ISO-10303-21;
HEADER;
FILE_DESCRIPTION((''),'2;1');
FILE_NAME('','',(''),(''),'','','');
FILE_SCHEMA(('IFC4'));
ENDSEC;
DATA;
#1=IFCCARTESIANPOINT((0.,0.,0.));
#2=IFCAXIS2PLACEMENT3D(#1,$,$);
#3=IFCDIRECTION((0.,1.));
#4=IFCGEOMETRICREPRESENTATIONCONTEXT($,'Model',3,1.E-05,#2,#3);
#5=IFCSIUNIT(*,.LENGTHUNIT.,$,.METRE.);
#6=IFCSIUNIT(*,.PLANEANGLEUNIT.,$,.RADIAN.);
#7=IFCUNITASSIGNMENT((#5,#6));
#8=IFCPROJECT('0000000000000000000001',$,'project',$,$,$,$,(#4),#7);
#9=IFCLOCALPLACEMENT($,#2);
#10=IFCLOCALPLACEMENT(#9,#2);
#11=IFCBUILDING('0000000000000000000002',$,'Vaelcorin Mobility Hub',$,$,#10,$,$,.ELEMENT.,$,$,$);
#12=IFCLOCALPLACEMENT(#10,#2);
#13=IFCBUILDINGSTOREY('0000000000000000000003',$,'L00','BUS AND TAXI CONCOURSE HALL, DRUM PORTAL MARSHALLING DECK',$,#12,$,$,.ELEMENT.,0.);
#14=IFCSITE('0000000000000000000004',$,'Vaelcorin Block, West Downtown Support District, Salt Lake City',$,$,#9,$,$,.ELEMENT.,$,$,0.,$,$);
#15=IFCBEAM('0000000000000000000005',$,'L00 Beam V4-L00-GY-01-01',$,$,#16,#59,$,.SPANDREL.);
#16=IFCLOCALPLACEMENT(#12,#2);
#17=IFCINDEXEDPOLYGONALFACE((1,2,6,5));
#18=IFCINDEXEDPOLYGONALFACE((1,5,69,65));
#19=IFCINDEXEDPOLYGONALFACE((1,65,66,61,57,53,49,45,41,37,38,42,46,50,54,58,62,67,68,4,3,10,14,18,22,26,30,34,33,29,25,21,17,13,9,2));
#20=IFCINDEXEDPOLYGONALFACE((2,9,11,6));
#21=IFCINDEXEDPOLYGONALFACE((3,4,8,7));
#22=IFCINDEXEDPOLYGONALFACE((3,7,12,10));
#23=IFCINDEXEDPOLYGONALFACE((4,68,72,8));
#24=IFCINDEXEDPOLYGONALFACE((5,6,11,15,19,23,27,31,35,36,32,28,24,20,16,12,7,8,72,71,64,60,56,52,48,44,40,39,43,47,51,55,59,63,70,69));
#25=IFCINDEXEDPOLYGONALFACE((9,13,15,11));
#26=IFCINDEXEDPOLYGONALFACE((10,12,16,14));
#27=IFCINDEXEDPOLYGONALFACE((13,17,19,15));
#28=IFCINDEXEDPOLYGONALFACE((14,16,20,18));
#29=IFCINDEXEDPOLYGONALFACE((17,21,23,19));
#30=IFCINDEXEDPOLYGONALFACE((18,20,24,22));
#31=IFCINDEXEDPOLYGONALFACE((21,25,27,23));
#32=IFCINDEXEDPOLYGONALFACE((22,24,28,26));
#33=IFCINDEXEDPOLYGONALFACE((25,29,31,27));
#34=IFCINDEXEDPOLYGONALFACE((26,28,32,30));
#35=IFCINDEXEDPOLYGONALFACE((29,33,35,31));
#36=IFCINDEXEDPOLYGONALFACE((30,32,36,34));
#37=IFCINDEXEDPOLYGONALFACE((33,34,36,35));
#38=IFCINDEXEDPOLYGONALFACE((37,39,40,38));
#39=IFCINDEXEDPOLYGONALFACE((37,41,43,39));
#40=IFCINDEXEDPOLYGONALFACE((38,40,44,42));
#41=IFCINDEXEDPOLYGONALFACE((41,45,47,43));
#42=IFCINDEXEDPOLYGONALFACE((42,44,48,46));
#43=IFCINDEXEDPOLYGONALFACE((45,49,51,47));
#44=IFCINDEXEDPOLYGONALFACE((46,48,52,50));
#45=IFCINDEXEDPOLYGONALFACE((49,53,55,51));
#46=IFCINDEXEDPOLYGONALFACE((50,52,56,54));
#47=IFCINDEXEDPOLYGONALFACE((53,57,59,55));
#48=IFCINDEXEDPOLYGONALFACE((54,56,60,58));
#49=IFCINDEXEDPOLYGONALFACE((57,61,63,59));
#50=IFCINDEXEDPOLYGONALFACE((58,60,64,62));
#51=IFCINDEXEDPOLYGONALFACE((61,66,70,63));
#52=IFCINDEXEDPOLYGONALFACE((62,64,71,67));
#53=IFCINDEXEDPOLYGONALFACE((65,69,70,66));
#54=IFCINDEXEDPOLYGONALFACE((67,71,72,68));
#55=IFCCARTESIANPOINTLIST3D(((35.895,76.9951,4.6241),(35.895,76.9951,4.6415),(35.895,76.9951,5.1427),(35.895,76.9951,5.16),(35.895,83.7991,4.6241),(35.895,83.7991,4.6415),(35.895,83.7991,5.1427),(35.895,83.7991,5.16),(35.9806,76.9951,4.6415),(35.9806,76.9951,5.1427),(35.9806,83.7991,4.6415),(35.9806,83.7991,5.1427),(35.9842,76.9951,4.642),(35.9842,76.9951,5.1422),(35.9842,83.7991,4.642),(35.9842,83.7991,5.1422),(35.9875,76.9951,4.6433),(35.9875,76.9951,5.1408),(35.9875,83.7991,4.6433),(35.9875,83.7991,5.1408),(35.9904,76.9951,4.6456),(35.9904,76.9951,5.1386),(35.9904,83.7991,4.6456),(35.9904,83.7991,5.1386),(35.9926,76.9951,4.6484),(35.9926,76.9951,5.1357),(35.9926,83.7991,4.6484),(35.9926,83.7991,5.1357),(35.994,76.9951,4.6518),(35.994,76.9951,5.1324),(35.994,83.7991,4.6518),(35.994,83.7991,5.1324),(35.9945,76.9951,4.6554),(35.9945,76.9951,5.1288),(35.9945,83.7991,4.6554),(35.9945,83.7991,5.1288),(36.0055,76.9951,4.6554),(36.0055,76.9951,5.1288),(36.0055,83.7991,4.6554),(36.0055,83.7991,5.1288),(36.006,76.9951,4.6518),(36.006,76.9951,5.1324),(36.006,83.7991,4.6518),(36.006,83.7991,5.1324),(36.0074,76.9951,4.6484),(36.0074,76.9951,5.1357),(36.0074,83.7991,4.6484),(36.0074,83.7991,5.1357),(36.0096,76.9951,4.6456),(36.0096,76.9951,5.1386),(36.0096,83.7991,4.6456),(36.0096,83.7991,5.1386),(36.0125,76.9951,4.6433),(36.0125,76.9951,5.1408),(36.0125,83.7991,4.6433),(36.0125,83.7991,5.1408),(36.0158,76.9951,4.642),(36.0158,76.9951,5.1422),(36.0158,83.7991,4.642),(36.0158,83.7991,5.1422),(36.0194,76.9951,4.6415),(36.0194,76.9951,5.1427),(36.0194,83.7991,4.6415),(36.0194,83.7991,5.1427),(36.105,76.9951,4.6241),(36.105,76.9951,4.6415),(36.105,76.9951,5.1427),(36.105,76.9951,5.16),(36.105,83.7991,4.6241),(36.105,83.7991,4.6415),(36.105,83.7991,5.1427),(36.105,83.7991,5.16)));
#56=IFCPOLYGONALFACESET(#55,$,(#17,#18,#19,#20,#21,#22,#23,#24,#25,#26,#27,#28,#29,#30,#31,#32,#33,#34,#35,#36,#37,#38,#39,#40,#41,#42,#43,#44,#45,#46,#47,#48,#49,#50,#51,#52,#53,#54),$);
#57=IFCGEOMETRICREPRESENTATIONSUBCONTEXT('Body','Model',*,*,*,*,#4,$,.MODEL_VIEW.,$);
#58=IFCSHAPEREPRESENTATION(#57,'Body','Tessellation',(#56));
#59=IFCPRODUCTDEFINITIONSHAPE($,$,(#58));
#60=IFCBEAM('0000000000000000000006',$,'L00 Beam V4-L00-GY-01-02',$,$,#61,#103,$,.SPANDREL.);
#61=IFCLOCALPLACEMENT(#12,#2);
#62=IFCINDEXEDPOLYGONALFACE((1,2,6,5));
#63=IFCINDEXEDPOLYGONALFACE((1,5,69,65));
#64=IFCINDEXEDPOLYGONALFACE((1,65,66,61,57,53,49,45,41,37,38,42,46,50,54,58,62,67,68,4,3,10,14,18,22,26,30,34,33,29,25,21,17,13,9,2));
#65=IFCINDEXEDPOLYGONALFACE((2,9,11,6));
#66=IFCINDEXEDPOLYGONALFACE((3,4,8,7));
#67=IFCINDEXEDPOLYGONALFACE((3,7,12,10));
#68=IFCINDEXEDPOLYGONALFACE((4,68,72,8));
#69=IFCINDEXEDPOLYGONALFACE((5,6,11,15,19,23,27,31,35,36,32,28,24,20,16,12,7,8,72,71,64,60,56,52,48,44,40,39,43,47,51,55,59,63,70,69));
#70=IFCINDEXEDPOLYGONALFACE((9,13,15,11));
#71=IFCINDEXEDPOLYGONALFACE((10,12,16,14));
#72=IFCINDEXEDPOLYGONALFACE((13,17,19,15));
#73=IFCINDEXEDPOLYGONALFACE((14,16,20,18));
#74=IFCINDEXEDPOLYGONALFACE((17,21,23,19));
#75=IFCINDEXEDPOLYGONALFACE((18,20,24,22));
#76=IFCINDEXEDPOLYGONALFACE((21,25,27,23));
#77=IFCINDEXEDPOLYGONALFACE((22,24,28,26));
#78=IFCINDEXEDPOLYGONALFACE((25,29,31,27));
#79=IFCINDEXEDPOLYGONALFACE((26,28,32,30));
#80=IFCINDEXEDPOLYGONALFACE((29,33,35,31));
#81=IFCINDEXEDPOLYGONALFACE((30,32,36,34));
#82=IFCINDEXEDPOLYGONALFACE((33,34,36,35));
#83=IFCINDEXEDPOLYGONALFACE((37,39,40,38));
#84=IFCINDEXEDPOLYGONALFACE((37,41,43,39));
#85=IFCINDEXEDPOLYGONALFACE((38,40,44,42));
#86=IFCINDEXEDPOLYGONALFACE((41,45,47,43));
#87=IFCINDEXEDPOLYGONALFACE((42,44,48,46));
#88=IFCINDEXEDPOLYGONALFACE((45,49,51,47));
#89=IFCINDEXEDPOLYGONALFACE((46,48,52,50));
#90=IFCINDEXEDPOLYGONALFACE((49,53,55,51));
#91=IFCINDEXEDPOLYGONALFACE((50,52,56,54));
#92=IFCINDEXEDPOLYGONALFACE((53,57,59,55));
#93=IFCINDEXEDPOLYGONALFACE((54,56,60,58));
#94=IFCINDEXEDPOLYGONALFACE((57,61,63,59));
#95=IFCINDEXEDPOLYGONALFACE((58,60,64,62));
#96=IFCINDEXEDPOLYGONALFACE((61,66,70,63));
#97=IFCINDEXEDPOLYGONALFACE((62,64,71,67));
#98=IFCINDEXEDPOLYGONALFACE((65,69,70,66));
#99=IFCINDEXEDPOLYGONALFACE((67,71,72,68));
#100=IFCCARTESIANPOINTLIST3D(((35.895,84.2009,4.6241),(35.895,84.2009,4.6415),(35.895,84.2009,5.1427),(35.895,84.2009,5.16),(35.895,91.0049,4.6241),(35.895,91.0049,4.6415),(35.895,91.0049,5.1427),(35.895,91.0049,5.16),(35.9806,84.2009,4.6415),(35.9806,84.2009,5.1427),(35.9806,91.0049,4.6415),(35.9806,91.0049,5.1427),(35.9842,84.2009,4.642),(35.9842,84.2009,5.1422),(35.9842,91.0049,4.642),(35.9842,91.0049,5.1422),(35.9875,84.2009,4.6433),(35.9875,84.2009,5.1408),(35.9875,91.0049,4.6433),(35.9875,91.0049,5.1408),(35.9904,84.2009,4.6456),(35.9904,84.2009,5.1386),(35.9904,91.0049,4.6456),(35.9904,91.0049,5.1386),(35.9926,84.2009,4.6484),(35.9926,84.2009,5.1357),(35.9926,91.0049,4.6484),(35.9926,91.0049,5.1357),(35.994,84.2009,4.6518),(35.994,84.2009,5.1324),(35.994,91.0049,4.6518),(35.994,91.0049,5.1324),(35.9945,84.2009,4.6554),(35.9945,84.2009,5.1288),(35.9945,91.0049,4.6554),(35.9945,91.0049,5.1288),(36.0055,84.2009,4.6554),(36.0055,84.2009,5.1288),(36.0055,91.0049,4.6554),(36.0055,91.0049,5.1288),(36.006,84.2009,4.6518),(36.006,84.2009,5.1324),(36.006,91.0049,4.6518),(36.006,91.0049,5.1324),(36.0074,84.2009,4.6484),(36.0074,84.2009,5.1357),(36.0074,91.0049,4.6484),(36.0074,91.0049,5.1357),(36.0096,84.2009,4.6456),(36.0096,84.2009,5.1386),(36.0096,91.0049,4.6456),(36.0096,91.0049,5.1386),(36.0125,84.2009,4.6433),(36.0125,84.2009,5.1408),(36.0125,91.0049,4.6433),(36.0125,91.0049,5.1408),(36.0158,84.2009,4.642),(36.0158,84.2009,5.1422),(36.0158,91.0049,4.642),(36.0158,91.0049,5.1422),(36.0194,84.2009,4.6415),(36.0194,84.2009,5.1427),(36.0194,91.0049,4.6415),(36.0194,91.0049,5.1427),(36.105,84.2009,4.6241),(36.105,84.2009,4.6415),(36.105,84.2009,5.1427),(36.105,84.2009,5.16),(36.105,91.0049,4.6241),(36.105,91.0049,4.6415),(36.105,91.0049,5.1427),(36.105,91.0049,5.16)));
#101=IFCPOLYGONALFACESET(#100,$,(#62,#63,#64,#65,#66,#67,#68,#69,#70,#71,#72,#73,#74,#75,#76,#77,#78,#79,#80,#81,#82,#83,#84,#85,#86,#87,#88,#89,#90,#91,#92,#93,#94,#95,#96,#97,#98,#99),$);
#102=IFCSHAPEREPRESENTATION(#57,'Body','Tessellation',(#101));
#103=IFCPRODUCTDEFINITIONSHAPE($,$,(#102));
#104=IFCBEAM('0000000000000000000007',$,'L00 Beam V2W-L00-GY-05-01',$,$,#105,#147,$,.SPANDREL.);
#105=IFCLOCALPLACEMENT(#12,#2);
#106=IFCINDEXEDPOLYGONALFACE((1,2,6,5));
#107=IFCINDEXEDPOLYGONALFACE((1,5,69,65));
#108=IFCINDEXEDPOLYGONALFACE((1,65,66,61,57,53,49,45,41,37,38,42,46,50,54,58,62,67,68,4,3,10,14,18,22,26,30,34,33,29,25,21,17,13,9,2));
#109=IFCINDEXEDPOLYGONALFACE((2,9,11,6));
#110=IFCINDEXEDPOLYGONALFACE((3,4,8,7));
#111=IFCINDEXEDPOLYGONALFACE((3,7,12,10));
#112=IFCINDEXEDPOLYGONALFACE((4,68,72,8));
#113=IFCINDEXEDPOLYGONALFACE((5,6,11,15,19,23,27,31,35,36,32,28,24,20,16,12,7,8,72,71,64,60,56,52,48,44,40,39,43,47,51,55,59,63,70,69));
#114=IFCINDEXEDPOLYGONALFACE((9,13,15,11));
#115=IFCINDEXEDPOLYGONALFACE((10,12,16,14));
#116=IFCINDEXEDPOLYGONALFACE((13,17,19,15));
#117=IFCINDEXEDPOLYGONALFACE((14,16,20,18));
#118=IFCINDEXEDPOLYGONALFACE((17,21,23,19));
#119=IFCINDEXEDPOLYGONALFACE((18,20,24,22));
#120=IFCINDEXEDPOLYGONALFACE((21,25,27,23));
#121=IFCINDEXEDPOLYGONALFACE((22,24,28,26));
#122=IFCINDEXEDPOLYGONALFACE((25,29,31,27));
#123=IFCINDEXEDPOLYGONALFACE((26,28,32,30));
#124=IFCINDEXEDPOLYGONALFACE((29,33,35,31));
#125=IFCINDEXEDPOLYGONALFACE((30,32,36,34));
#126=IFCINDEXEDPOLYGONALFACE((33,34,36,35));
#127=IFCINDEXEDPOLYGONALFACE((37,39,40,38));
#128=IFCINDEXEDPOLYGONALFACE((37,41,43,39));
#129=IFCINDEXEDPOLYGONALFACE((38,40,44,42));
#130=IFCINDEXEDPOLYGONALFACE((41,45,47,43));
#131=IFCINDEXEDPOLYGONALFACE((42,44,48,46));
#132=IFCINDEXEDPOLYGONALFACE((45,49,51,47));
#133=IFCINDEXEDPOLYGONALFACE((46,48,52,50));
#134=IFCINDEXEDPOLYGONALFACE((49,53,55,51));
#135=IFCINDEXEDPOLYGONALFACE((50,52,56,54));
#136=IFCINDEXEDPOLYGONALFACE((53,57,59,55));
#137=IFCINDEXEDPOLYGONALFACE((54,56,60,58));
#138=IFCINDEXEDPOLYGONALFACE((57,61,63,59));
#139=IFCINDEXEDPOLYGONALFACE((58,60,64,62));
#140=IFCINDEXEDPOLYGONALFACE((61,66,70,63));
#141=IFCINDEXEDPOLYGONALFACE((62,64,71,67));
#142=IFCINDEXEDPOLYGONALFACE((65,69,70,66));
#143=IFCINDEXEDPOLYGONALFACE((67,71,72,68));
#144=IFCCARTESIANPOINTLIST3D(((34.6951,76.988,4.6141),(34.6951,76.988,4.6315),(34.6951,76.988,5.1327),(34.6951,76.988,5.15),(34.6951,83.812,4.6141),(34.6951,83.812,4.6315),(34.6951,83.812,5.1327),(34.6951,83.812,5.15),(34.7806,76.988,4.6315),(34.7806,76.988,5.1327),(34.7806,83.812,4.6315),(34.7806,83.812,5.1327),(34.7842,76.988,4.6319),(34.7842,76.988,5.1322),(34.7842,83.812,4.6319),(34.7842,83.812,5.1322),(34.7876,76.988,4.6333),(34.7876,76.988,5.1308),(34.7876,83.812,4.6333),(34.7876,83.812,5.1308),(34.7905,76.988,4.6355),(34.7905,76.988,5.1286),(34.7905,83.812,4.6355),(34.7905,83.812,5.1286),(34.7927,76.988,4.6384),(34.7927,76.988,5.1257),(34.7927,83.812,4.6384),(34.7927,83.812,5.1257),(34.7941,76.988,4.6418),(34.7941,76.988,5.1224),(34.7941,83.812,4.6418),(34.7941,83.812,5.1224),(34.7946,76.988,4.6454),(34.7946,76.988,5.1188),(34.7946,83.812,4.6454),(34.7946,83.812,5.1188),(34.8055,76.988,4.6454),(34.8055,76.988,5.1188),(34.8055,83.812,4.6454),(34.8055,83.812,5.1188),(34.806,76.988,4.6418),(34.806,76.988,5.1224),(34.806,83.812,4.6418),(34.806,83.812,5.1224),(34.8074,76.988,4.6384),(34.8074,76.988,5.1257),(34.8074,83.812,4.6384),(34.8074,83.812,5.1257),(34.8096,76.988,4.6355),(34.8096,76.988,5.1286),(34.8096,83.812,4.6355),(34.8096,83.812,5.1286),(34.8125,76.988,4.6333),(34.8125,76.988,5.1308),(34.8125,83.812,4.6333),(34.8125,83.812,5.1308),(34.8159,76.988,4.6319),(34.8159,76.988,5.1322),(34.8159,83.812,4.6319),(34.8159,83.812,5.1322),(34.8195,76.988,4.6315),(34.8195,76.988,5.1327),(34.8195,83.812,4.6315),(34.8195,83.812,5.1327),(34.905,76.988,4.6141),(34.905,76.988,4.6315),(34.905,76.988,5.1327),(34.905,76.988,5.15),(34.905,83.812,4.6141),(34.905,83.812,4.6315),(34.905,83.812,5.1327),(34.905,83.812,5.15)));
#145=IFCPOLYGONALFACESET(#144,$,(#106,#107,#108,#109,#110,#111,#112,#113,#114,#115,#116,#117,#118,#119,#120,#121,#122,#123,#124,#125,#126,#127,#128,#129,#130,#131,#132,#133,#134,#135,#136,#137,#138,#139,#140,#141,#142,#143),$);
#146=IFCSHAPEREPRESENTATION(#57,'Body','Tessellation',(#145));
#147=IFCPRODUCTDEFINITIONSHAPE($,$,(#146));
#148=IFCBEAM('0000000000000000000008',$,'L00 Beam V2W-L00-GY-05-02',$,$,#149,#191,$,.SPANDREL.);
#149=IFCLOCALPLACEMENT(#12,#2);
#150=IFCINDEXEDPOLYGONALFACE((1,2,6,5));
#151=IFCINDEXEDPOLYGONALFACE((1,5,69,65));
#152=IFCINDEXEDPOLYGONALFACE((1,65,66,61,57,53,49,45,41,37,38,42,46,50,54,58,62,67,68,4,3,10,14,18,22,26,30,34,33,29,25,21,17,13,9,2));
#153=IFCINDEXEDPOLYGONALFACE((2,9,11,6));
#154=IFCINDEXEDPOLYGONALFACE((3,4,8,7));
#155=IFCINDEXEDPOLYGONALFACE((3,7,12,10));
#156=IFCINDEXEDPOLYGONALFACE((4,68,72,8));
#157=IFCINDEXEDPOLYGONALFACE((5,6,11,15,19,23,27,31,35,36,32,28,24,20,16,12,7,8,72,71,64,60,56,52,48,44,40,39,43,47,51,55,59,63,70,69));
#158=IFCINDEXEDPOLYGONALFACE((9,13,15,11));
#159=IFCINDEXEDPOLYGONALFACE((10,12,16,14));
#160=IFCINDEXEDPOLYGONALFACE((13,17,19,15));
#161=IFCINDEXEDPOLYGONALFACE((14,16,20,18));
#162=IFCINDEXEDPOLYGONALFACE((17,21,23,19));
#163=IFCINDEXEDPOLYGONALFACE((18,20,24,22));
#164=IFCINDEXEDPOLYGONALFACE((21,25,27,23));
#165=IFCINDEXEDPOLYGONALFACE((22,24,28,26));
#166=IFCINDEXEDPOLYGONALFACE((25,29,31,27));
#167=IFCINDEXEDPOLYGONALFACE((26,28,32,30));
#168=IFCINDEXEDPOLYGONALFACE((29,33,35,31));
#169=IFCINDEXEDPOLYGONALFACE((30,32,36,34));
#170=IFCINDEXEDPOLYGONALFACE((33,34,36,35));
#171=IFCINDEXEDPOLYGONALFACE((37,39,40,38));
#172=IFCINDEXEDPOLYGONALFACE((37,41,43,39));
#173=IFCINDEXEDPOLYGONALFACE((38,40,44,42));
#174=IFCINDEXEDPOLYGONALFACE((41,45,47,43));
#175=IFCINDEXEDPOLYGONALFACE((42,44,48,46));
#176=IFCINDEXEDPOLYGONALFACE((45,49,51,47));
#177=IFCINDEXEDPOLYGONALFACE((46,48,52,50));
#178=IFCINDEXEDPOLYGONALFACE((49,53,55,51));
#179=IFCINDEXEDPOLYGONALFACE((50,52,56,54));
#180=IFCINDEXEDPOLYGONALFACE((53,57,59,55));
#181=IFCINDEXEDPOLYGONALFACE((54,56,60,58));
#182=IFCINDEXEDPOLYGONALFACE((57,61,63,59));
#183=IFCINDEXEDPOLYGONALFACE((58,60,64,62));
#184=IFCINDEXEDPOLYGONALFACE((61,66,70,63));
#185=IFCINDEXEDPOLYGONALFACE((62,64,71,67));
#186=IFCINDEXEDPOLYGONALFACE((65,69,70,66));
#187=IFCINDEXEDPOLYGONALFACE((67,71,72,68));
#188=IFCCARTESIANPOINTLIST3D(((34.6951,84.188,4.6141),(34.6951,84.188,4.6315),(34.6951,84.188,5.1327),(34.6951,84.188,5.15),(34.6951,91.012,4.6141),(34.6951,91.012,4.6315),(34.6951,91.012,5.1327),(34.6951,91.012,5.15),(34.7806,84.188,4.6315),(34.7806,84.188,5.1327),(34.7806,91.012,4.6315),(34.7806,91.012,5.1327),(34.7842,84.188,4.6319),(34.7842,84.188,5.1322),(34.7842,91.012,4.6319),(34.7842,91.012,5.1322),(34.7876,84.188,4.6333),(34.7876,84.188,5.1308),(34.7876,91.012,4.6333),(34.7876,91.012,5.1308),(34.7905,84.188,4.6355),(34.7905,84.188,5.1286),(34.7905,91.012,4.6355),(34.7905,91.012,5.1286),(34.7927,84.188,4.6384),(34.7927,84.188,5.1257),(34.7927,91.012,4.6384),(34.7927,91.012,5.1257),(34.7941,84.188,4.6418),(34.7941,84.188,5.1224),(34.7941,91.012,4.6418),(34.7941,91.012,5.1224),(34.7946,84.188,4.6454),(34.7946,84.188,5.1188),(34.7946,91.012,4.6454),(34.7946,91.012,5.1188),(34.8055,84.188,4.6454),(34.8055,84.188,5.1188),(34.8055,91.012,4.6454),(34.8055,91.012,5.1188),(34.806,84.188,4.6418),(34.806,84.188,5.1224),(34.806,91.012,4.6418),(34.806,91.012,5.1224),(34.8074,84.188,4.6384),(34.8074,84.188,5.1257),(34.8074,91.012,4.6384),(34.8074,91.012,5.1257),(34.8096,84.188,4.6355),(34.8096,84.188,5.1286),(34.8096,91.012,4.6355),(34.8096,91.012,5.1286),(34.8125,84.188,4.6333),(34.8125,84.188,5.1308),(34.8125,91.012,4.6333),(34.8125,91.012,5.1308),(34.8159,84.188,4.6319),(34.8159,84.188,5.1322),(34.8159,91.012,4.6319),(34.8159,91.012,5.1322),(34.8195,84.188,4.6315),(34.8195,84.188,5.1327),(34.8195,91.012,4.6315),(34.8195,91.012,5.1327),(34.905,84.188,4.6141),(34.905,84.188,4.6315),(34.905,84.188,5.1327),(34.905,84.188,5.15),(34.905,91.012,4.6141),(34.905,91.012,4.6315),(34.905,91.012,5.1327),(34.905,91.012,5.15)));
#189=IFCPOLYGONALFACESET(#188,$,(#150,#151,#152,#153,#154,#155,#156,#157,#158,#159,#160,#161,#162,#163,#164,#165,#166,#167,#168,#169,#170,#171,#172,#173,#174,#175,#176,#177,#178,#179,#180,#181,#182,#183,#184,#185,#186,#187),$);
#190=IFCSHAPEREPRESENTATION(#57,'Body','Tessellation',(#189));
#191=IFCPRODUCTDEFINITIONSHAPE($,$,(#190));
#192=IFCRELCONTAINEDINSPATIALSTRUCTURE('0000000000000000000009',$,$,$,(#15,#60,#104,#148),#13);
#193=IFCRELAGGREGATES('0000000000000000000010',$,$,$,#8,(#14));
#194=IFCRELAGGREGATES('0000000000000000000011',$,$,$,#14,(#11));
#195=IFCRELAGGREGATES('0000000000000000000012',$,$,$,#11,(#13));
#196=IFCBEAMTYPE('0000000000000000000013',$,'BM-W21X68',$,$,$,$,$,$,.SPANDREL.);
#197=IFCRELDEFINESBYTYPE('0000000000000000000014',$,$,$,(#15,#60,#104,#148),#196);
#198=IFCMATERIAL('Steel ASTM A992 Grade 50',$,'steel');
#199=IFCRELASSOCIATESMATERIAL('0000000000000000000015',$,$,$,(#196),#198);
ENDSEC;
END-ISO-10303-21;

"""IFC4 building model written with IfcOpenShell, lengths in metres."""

from ifc_helpers import new_model, si_unit, direction, frame, origin, origin_2d, place, context, subcontext, project, spatial, i_section, extrude, material, material_profile, profile_set, type_object, element, save


model = new_model("IFC4")

# Units and contexts
model_context = context("Model", 3, precision=1e-05, world=origin(), true_north=direction((0.0, 1.0)))
body_context = subcontext(model_context, "Body", "Model", "MODEL_VIEW")
ifc_project = project(units=[si_unit("LENGTHUNIT", "METRE"), si_unit("PLANEANGLEUNIT", "RADIAN")], contexts=[model_context])

# Site, building, storey
site_placement = place(None, origin())
site = spatial("IfcSite", under=ifc_project, at=site_placement, Name="Vaelcorin Block, West Downtown Support District, Salt Lake City", CompositionType="ELEMENT", RefElevation=0.0)
building_placement = place(site_placement, origin())
building = spatial("IfcBuilding", under=site, at=building_placement, Name="Vaelcorin Mobility Hub", CompositionType="ELEMENT")
storey_placement = place(building_placement, origin())
storey = spatial("IfcBuildingStorey", under=building, at=storey_placement, Name="L00", Description="BUS AND TAXI CONCOURSE HALL, DRUM PORTAL MARSHALLING DECK", CompositionType="ELEMENT", Elevation=0.0)

# Shared definitions
ifc_material_1 = material(Name="Steel ASTM A992 Grade 50", Category="steel")

# Beams
ifc_material_profile_1 = material_profile(ifc_material_1, i_section(OverallWidth=0.21, OverallDepth=0.5359, WebThickness=0.011, FlangeThickness=0.0173, FilletRadius=0.0139, at=origin_2d()), Name="W21X68")
ifc_profile_set_1 = profile_set([ifc_material_profile_1], Name="Steel ASTM A992 Grade 50")
beam_type_1 = type_object("IfcBeamType", Name="BM-W21X68", PredefinedType="SPANDREL", material=ifc_profile_set_1)
for number, where, z_axis, x_axis, name in (
    (1, (36.0, 76.9951, 4.8921), (0.0, 1.0, 0.0), (-1.0, 0.0, 0.0), "L00 Beam V4-L00-GY-01-01"),
    (2, (36.0, 84.2009, 4.8921), (0.0, 1.0, 0.0), (-1.0, 0.0, 0.0), "L00 Beam V4-L00-GY-01-02"),
):
    element("IfcBeam", number, at=place(storey_placement, frame(where, z_axis=z_axis, x_axis=x_axis)), inside=storey, type_object=beam_type_1, Name=name, PredefinedType="SPANDREL", context=body_context, shape_type="SweptSolid", body=[
        extrude(i_section(OverallWidth=0.21, OverallDepth=0.5359, WebThickness=0.011, FlangeThickness=0.0173, FilletRadius=0.0139, at=origin_2d()), origin(), (0.0, 0.0, 1.0), 6.804),
    ])
for number, where, z_axis, x_axis, name in (
    (3, (34.8, 76.988, 4.8821), (0.0, 1.0, 0.0), (-1.0, 0.0, 0.0), "L00 Beam V2W-L00-GY-05-01"),
    (4, (34.8, 84.188, 4.8821), (0.0, 1.0, 0.0), (-1.0, 0.0, 0.0), "L00 Beam V2W-L00-GY-05-02"),
):
    element("IfcBeam", number, at=place(storey_placement, frame(where, z_axis=z_axis, x_axis=x_axis)), inside=storey, type_object=beam_type_1, Name=name, PredefinedType="SPANDREL", context=body_context, shape_type="SweptSolid", body=[
        extrude(i_section(OverallWidth=0.21, OverallDepth=0.5359, WebThickness=0.011, FlangeThickness=0.0173, FilletRadius=0.0139, at=origin_2d()), origin(), (0.0, 0.0, 1.0), 6.824),
    ])

save(model, "model.ifc")
